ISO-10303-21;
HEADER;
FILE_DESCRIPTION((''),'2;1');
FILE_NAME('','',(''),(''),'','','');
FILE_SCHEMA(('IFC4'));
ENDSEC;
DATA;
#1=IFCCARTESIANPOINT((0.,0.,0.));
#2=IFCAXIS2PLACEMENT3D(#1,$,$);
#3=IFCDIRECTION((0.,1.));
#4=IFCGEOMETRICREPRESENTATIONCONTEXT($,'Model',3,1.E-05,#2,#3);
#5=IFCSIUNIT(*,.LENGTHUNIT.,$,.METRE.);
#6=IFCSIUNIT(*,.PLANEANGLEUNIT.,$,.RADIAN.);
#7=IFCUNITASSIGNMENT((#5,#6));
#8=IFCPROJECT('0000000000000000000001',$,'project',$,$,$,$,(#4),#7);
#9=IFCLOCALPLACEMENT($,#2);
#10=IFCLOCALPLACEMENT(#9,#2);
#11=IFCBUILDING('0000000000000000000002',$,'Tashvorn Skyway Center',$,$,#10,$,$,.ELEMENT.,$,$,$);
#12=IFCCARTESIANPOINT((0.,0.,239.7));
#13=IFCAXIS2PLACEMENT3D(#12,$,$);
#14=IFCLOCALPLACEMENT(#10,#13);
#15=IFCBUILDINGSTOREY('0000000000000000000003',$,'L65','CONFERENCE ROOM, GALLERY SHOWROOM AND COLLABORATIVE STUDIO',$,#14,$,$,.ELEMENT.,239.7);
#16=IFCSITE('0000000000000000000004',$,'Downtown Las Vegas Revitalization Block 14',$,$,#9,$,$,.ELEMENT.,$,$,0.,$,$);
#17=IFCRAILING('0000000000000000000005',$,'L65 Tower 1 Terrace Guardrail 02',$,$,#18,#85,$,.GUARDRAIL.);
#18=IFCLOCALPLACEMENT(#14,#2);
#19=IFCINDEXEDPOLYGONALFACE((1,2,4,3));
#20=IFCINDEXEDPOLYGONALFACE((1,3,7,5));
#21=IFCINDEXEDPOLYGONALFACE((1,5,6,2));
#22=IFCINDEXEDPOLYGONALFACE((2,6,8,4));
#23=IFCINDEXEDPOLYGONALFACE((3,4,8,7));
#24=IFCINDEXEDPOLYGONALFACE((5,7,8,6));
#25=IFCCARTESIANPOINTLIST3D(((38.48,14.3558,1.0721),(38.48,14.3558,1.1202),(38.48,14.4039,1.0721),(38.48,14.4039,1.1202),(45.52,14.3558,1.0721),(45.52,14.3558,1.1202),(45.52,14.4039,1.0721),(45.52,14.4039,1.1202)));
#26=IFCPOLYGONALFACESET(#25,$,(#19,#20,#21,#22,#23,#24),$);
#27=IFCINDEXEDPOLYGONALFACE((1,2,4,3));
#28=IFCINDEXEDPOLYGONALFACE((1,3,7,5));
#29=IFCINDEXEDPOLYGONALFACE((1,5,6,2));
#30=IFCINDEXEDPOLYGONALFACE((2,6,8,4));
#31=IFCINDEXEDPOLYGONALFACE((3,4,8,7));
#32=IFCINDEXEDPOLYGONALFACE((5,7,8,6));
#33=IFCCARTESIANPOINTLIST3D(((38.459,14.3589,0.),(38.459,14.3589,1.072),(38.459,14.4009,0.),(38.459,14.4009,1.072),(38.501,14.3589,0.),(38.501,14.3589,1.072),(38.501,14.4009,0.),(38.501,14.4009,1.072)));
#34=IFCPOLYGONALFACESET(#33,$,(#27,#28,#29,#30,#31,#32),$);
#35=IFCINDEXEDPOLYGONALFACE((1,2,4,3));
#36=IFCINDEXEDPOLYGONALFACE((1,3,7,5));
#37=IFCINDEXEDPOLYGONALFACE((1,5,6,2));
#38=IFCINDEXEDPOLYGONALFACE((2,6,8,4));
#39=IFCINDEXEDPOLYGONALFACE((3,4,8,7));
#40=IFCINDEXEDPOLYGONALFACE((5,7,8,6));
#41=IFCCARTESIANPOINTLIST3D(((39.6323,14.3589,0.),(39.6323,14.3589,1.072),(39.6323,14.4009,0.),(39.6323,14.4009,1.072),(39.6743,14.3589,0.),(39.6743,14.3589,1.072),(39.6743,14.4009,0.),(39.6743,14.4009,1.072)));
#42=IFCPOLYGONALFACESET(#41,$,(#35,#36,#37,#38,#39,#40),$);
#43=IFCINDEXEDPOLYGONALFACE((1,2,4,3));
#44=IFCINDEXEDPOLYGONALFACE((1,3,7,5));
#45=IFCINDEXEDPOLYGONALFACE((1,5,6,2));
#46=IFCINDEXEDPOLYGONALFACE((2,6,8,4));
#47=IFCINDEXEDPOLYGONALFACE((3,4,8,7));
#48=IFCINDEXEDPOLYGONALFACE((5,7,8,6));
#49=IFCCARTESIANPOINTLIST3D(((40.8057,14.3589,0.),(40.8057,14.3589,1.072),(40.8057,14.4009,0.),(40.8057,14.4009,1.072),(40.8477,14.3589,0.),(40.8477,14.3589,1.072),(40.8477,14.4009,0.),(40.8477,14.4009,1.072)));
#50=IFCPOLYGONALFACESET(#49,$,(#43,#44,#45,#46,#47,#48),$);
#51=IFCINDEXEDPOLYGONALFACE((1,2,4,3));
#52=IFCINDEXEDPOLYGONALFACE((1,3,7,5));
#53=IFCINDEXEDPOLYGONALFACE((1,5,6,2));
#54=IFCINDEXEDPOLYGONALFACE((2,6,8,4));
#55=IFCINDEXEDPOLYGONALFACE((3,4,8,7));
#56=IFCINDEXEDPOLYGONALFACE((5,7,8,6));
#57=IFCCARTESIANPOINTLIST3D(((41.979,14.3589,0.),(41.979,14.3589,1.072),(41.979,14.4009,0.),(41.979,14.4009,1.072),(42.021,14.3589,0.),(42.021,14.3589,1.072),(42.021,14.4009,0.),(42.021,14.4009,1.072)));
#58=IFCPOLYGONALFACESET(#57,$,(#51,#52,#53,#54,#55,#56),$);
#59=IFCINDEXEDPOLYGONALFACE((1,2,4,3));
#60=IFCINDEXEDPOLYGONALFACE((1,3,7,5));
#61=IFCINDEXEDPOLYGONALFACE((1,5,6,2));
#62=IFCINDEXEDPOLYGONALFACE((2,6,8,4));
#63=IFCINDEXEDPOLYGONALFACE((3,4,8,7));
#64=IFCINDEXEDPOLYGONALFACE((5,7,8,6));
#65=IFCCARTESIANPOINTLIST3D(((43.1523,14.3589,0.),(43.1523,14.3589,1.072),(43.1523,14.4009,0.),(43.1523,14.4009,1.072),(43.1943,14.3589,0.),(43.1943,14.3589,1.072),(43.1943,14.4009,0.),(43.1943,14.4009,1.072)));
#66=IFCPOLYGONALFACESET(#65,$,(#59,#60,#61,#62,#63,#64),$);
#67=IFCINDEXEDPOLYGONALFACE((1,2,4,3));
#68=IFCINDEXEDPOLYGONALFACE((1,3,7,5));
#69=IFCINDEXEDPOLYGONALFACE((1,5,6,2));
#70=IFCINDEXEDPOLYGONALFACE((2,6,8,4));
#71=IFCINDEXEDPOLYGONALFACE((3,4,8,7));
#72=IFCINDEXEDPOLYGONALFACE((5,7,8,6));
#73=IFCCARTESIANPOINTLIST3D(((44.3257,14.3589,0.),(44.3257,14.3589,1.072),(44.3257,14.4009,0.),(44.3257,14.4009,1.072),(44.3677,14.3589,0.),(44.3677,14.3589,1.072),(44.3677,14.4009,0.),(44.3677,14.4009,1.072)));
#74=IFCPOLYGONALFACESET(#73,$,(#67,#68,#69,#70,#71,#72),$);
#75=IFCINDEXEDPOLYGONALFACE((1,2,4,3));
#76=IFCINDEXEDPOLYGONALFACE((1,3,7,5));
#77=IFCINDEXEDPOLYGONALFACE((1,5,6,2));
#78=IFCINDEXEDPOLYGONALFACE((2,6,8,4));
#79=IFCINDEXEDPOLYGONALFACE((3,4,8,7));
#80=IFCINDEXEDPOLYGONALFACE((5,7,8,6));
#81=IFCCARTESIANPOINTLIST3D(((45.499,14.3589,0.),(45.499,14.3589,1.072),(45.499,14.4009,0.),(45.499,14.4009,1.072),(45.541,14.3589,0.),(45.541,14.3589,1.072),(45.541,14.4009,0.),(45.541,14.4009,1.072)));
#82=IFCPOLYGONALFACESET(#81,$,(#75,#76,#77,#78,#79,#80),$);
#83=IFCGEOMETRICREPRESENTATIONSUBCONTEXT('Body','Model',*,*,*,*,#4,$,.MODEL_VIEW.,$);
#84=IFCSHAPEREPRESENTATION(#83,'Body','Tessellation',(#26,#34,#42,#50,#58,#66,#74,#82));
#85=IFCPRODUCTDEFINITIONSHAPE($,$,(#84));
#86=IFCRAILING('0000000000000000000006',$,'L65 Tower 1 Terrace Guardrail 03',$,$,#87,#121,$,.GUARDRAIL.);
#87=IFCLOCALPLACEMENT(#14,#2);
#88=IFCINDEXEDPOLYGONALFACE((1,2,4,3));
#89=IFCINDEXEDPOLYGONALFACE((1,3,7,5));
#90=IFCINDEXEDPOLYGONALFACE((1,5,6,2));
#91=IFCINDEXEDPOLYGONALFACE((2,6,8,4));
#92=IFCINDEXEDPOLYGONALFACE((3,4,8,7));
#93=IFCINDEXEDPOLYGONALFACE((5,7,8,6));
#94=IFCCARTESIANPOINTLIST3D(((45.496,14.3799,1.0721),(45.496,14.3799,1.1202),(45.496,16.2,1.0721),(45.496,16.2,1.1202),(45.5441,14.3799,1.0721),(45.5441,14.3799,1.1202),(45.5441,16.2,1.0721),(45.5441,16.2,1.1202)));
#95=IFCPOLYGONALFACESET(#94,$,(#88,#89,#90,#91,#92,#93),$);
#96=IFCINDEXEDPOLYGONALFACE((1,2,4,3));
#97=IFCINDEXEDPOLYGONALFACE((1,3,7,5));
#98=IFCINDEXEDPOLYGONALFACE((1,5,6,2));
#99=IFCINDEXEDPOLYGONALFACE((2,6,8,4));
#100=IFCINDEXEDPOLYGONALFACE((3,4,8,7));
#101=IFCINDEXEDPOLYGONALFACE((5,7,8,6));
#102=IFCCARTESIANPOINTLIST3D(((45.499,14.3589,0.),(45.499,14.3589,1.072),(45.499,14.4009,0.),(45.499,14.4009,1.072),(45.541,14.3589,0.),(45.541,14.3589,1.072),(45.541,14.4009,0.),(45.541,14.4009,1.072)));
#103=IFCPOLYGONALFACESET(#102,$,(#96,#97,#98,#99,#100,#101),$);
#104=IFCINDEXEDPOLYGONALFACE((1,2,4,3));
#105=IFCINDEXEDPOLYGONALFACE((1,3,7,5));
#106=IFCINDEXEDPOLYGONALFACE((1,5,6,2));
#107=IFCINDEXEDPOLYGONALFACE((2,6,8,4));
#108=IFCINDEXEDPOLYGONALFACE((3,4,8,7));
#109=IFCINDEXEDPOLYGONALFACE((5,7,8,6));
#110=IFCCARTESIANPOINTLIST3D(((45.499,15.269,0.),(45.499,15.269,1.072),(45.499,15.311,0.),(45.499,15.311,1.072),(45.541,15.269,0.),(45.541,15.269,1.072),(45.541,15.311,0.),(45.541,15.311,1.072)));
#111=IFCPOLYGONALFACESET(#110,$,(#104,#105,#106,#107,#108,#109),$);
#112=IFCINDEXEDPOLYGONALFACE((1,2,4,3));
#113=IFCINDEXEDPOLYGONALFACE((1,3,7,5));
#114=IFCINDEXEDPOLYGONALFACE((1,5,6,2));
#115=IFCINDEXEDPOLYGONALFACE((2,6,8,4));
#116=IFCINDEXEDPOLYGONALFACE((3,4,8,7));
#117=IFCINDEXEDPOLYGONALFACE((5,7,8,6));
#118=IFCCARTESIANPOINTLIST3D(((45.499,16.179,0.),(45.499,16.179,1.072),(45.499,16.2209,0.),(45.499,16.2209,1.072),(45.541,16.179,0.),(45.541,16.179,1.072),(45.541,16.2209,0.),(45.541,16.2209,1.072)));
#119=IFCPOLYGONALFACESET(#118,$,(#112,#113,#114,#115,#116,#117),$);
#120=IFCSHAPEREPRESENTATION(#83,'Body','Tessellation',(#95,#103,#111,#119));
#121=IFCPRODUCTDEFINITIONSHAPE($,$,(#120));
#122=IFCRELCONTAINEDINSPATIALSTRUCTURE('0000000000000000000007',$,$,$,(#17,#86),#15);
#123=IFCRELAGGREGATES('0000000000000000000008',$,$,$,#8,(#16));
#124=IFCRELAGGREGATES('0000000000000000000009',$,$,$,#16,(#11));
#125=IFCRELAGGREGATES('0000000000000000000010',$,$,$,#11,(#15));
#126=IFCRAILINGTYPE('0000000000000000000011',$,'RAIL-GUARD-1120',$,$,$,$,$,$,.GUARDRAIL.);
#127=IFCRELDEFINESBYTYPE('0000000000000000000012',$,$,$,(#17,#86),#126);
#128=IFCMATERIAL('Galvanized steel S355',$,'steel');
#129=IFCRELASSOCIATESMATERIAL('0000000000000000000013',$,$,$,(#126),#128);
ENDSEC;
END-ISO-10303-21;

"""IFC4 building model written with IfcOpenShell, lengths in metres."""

from ifc_helpers import new_model, si_unit, direction, frame, origin, origin_2d, place, context, subcontext, project, spatial, rectangle, extrude, material, type_object, element, save


model = new_model("IFC4")

# Units and contexts
model_context = context("Model", 3, precision=1e-05, world=origin(), true_north=direction((0.0, 1.0)))
body_context = subcontext(model_context, "Body", "Model", "MODEL_VIEW")
ifc_project = project(units=[si_unit("LENGTHUNIT", "METRE"), si_unit("PLANEANGLEUNIT", "RADIAN")], contexts=[model_context])

# Site, building, storey
site_placement = place(None, origin())
site = spatial("IfcSite", under=ifc_project, at=site_placement, Name="Downtown Las Vegas Revitalization Block 14", CompositionType="ELEMENT", RefElevation=0.0)
building_placement = place(site_placement, origin())
building = spatial("IfcBuilding", under=site, at=building_placement, Name="Tashvorn Skyway Center", CompositionType="ELEMENT")
storey_placement = place(building_placement, frame((0.0, 0.0, 239.7)))
storey = spatial("IfcBuildingStorey", under=building, at=storey_placement, Name="L65", Description="CONFERENCE ROOM, GALLERY SHOWROOM AND COLLABORATIVE STUDIO", CompositionType="ELEMENT", Elevation=239.7)

# Railings
ifc_material_1 = material(Name="Galvanized steel S355", Category="steel")
railing_type = type_object("IfcRailingType", Name="RAIL-GUARD-1120", PredefinedType="GUARDRAIL", material=ifc_material_1)
railing_1_placement = place(storey_placement, frame((38.48, 14.3799, 0.0)))
element("IfcRailing", 1, at=railing_1_placement, inside=storey, type_object=railing_type, Name="L65 Tower 1 Terrace Guardrail 02", PredefinedType="GUARDRAIL", context=body_context, shape_type="SweptSolid", body=[
    extrude(rectangle(XDim=0.0481, YDim=0.0481, at=origin_2d()), frame((0.0, 0.0, 1.0962), z_axis=(1.0, 0.0, 0.0), x_axis=(0.0, 1.0, 0.0)), (0.0, 0.0, 1.0), 7.04),
    extrude(rectangle(XDim=0.042, YDim=0.042, at=origin_2d()), origin(), (0.0, 0.0, 1.0), 1.072),
    extrude(rectangle(XDim=0.042, YDim=0.042, at=origin_2d()), frame((1.1733, 0.0, 0.0)), (0.0, 0.0, 1.0), 1.072),
    extrude(rectangle(XDim=0.042, YDim=0.042, at=origin_2d()), frame((2.3467, 0.0, 0.0)), (0.0, 0.0, 1.0), 1.072),
    extrude(rectangle(XDim=0.042, YDim=0.042, at=origin_2d()), frame((3.52, 0.0, 0.0)), (0.0, 0.0, 1.0), 1.072),
    extrude(rectangle(XDim=0.042, YDim=0.042, at=origin_2d()), frame((4.6934, 0.0, 0.0)), (0.0, 0.0, 1.0), 1.072),
    extrude(rectangle(XDim=0.042, YDim=0.042, at=origin_2d()), frame((5.8667, 0.0, 0.0)), (0.0, 0.0, 1.0), 1.072),
    extrude(rectangle(XDim=0.042, YDim=0.042, at=origin_2d()), frame((7.04, 0.0, 0.0)), (0.0, 0.0, 1.0), 1.072),
])
railing_2_placement = place(storey_placement, frame((45.52, 14.3799, 0.0)))
element("IfcRailing", 2, at=railing_2_placement, inside=storey, type_object=railing_type, Name="L65 Tower 1 Terrace Guardrail 03", PredefinedType="GUARDRAIL", context=body_context, shape_type="SweptSolid", body=[
    extrude(rectangle(XDim=0.0481, YDim=0.0481, at=origin_2d()), frame((0.0, 0.0, 1.0962), z_axis=(0.0, 1.0, 0.0), x_axis=(-1.0, 0.0, 0.0)), (0.0, 0.0, 1.0), 1.8201),
    extrude(rectangle(XDim=0.042, YDim=0.042, at=origin_2d()), origin(), (0.0, 0.0, 1.0), 1.072),
    extrude(rectangle(XDim=0.042, YDim=0.042, at=origin_2d()), frame((0.0, 0.9102, 0.0)), (0.0, 0.0, 1.0), 1.072),
    extrude(rectangle(XDim=0.042, YDim=0.042, at=origin_2d()), frame((0.0, 1.8201, 0.0)), (0.0, 0.0, 1.0), 1.072),
])

save(model, "model.ifc")
